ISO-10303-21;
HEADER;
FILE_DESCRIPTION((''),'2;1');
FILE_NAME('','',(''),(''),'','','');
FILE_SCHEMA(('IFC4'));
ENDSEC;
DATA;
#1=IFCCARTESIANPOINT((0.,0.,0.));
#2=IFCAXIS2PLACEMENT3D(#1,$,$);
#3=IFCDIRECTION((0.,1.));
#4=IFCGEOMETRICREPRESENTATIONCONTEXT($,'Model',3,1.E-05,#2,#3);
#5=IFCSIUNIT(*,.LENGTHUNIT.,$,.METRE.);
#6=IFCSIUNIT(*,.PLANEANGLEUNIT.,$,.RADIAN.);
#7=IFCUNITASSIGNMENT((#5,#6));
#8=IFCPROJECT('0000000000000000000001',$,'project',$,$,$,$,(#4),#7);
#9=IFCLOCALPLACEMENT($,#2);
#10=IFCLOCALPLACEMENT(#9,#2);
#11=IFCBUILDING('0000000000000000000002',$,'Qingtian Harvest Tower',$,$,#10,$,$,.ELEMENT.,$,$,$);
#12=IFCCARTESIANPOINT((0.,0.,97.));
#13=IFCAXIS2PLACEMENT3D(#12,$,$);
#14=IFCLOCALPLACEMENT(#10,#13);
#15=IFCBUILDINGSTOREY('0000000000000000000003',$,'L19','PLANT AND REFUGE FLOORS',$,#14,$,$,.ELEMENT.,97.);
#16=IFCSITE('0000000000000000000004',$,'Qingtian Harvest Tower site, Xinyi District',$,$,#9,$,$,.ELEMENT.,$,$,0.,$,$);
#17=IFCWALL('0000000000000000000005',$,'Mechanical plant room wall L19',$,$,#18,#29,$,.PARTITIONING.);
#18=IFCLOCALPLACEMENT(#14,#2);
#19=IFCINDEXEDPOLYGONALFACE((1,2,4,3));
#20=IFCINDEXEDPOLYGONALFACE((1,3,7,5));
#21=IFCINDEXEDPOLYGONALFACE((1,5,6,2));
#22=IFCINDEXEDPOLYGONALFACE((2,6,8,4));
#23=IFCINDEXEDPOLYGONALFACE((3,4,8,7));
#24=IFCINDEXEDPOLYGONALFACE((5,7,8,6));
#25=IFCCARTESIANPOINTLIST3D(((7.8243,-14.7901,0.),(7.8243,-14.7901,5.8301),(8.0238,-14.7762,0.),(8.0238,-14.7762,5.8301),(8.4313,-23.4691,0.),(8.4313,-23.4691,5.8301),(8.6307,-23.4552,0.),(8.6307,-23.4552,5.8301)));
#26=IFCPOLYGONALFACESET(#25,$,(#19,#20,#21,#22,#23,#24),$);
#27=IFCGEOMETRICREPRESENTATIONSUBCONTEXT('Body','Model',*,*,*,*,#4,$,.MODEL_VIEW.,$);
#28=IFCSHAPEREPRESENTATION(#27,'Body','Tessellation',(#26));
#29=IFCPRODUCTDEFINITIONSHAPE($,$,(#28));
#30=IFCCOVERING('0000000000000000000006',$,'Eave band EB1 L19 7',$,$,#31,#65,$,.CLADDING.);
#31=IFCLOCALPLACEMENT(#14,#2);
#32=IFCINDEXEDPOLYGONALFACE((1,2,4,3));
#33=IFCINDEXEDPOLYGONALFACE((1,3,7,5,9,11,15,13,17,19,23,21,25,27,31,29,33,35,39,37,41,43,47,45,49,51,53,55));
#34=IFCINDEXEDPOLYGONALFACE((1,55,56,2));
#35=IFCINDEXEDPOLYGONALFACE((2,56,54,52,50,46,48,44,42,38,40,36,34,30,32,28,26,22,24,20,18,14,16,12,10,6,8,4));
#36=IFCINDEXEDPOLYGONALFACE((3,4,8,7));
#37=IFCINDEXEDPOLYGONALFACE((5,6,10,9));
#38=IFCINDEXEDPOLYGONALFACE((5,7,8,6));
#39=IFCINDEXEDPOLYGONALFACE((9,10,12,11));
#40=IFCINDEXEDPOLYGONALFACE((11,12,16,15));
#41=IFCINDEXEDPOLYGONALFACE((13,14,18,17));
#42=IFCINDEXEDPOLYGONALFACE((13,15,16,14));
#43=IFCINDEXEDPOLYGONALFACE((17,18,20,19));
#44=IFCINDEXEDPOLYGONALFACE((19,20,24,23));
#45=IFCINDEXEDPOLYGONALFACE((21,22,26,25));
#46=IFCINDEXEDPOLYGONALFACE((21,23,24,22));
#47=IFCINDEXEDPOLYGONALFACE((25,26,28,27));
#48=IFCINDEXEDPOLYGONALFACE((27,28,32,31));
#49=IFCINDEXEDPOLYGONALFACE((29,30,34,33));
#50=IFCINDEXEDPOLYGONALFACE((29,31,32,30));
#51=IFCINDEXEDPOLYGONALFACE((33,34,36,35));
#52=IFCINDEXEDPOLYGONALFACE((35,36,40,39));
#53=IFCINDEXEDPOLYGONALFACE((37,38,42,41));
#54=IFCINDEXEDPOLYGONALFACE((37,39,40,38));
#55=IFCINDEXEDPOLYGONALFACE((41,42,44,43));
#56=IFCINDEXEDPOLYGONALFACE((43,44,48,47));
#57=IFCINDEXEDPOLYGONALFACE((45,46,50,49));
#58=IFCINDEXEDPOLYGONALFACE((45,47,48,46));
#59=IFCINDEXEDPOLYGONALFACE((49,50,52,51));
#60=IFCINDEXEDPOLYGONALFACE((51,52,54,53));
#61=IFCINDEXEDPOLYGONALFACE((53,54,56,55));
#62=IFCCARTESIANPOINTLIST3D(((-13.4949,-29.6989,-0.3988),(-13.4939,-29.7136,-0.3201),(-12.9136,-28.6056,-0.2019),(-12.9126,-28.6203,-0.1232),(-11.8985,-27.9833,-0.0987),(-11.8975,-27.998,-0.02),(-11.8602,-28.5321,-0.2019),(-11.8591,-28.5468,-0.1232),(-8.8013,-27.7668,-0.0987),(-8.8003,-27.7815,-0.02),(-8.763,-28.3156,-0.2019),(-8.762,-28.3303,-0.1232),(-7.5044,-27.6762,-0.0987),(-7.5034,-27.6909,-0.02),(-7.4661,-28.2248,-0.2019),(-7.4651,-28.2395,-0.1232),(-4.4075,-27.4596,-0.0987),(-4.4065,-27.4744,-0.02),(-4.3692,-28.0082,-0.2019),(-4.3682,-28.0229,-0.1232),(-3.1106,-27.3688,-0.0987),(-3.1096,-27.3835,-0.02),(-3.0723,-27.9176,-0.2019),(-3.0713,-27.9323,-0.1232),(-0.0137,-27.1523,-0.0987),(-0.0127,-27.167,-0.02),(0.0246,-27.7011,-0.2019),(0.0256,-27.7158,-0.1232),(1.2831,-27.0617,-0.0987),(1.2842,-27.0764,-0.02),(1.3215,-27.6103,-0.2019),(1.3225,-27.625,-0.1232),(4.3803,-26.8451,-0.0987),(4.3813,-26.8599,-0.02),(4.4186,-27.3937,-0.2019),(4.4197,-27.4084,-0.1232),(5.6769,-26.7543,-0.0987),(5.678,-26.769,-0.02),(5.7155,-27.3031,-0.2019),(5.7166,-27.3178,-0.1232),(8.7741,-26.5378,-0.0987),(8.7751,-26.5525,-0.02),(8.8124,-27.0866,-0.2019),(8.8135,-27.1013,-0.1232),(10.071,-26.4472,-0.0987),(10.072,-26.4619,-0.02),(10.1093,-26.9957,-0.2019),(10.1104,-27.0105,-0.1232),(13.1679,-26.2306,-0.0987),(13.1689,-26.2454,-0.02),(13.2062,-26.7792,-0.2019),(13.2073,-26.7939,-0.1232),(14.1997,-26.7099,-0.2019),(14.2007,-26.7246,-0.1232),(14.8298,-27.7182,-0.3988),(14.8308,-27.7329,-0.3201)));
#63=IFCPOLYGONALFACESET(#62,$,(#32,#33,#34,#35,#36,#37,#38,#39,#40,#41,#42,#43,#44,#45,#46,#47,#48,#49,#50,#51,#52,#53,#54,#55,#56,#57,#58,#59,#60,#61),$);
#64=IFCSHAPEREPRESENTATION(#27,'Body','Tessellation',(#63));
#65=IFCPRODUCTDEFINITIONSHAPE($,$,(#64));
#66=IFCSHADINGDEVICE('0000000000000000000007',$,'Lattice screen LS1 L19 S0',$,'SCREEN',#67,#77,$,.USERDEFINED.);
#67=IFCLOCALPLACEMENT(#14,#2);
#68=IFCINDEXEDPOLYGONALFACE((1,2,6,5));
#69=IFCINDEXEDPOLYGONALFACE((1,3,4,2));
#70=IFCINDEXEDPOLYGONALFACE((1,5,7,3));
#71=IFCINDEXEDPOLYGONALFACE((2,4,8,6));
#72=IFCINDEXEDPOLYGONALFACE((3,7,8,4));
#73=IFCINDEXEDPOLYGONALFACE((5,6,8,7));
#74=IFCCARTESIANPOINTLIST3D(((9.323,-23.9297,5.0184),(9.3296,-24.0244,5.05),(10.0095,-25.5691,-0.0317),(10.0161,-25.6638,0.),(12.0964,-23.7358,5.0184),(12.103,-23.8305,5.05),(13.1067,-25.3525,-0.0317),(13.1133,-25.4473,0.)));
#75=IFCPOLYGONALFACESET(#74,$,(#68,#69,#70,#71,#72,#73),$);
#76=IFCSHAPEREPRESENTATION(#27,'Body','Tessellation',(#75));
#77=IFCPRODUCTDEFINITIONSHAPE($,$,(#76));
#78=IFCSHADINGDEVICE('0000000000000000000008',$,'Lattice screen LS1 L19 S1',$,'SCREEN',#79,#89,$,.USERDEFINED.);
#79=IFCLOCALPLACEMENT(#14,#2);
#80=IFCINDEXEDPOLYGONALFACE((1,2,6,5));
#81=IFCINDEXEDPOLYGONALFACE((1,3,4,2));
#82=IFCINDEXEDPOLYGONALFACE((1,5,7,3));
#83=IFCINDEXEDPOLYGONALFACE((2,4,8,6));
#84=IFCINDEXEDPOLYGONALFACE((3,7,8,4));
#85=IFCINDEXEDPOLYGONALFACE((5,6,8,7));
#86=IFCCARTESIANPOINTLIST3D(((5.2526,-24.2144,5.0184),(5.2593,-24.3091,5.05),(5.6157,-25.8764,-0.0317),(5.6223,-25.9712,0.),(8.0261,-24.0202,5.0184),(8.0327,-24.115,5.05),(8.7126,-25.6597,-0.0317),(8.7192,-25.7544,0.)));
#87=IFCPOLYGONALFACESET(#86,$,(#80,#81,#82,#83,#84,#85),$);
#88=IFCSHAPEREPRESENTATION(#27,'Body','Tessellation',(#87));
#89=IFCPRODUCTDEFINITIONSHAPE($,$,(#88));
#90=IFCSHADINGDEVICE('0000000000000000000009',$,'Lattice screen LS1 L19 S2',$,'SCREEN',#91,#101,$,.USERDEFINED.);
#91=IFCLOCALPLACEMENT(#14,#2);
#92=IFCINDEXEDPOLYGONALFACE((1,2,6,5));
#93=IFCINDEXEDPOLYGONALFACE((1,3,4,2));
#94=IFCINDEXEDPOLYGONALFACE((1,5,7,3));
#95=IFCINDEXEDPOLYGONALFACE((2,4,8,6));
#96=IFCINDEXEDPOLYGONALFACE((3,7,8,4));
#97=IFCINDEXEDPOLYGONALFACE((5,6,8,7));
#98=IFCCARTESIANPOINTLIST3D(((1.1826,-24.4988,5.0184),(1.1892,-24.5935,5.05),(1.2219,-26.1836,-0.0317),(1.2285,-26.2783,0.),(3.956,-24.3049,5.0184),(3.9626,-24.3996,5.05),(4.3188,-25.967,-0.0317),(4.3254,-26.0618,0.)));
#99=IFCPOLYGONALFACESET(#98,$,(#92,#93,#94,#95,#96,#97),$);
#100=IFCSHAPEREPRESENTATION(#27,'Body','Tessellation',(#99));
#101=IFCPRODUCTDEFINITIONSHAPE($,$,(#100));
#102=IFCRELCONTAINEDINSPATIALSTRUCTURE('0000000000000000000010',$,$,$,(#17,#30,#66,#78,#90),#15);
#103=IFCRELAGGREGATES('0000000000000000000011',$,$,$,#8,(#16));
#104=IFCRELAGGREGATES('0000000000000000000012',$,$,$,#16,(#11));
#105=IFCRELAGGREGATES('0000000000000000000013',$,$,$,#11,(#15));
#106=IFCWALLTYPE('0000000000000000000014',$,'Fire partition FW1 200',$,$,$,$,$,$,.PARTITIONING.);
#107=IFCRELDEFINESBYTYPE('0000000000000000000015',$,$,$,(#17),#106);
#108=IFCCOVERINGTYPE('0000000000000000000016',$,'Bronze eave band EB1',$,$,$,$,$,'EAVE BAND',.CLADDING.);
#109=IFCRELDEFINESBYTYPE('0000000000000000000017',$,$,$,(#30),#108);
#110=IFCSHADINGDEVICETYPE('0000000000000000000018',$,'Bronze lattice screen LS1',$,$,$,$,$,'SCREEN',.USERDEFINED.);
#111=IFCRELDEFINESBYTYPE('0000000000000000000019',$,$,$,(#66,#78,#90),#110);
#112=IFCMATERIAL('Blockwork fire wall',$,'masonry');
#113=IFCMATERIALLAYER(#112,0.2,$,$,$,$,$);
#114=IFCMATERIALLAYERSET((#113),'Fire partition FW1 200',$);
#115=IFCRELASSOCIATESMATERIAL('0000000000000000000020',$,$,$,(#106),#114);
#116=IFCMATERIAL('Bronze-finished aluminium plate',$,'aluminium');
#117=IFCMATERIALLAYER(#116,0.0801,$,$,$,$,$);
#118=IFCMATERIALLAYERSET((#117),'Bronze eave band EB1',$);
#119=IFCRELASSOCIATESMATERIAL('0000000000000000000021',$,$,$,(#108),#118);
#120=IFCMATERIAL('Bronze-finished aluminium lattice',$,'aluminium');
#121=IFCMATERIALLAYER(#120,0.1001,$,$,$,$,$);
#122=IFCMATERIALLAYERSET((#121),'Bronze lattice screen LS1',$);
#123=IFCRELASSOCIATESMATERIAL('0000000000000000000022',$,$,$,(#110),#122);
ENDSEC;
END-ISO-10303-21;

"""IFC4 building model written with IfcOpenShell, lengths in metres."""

from ifc_helpers import new_model, si_unit, direction, frame, frame_2d, origin, place, context, subcontext, project, spatial, polyline, rectangle, outline, extrude, material, layer, layer_set, type_object, element, save


model = new_model("IFC4")

# Units and contexts
model_context = context("Model", 3, precision=1e-05, world=origin(), true_north=direction((0.0, 1.0)))
body_context = subcontext(model_context, "Body", "Model", "MODEL_VIEW")
ifc_project = project(units=[si_unit("LENGTHUNIT", "METRE"), si_unit("PLANEANGLEUNIT", "RADIAN")], contexts=[model_context])

# Site, building, storey
site_placement = place(None, origin())
site = spatial("IfcSite", under=ifc_project, at=site_placement, Name="Qingtian Harvest Tower site, Xinyi District", CompositionType="ELEMENT", RefElevation=0.0)
building_placement = place(site_placement, origin())
building = spatial("IfcBuilding", under=site, at=building_placement, Name="Qingtian Harvest Tower", CompositionType="ELEMENT")
storey_placement = place(building_placement, frame((0.0, 0.0, 97.0)))
storey = spatial("IfcBuildingStorey", under=building, at=storey_placement, Name="L19", Description="PLANT AND REFUGE FLOORS", CompositionType="ELEMENT", Elevation=97.0)

# Wall
ifc_material_1 = material(Name="Blockwork fire wall", Category="masonry")
ifc_layer_1 = layer(ifc_material_1, 0.2)
ifc_layer_set_1 = layer_set([ifc_layer_1], Name="Fire partition FW1 200")
wall_type = type_object("IfcWallType", Name="Fire partition FW1 200", PredefinedType="PARTITIONING", material=ifc_layer_set_1)
wall_placement = place(storey_placement, frame((8.531, -23.4622, 0.0), z_axis=(0.0, 0.0, 1.0), x_axis=(-0.069761, 0.997564, 0.0)))
element("IfcWall", 1, at=wall_placement, inside=storey, type_object=wall_type, Name="Mechanical plant room wall L19", PredefinedType="PARTITIONING", context=body_context, shape_type="SweptSolid", body=[
    extrude(rectangle(XDim=8.7002, YDim=0.2, at=frame_2d((4.3501, 0.0))), origin(), (0.0, 0.0, 1.0), 5.8301),
])

# Covering
ifc_material_2 = material(Name="Bronze-finished aluminium plate", Category="aluminium")
ifc_layer_2 = layer(ifc_material_2, 0.0801)
ifc_layer_set_2 = layer_set([ifc_layer_2], Name="Bronze eave band EB1")
covering_type = type_object("IfcCoveringType", Name="Bronze eave band EB1", ElementType="EAVE BAND", PredefinedType="CLADDING", material=ifc_layer_set_2)
covering_placement = place(storey_placement, frame((13.1689, -26.2454, -0.02), z_axis=(0.012859, -0.183903, 0.98286), x_axis=(0.068506, -0.98047, -0.184352)))
element("IfcCovering", 2, at=covering_placement, inside=storey, type_object=covering_type, Name="Eave band EB1 L19 7", PredefinedType="CLADDING", context=body_context, shape_type="SweptSolid", body=[
    extrude(outline(polyline([(0.0, 0.0), (0.5595, 0.0), (0.5596, 0.9958), (1.6277, 1.5541), (1.6293, -26.8397), (0.5609, -26.1837), (0.561, -25.1276), (0.0012, -25.1276), (0.0011, -22.0229), (0.5608, -22.0229), (0.5606, -20.7228), (0.0011, -20.7228), (0.001, -17.6184), (0.5605, -17.6184), (0.5605, -16.3183), (0.0008, -16.3183), (0.0006, -13.2138), (0.5603, -13.2138), (0.5601, -11.9138), (0.0006, -11.9138), (0.0005, -8.8091), (0.56, -8.8091), (0.56, -7.509), (0.0003, -7.5092), (0.0001, -4.4045), (0.5599, -4.4045), (0.5597, -3.1045), (0.0002, -3.1045), (0.0, 0.0)])), origin(), (0.0, 0.0, -1.0), 0.0801),
])

# Shading devices
ifc_material_3 = material(Name="Bronze-finished aluminium lattice", Category="aluminium")
ifc_layer_3 = layer(ifc_material_3, 0.1001)
ifc_layer_set_3 = layer_set([ifc_layer_3], Name="Bronze lattice screen LS1")
shading_device_type = type_object("IfcShadingDeviceType", Name="Bronze lattice screen LS1", ElementType="SCREEN", PredefinedType="USERDEFINED", material=ifc_layer_set_3)
shading_device_1_placement = place(storey_placement, frame((13.1133, -25.4473, 0.0), z_axis=(0.066159, -0.946379, 0.316211), x_axis=(-0.997565, -0.069739, -0.000004)))
element("IfcShadingDevice", 3, at=shading_device_1_placement, inside=storey, type_object=shading_device_type, Name="Lattice screen LS1 L19 S0", ObjectType="SCREEN", PredefinedType="USERDEFINED", context=body_context, shape_type="SweptSolid", body=[
    extrude(outline(polyline([(0.0, 0.0), (3.1047, 0.0), (3.6752, -5.3232), (0.895, -5.3232), (0.0, 0.0)])), origin(), (0.0, 0.0, -1.0), 0.1001),
])
shading_device_2_placement = place(storey_placement, frame((8.7192, -25.7544, 0.0), z_axis=(0.06624, -0.946367, 0.316231), x_axis=(-0.997559, -0.069824, -0.000003)))
element("IfcShadingDevice", 4, at=shading_device_2_placement, inside=storey, type_object=shading_device_type, Name="Lattice screen LS1 L19 S1", ObjectType="SCREEN", PredefinedType="USERDEFINED", context=body_context, shape_type="SweptSolid", body=[
    extrude(outline(polyline([(0.0, 0.0), (3.1045, 0.0), (3.3506, -5.3232), (0.5704, -5.3232), (0.0, 0.0)])), origin(), (0.0, 0.0, -1.0), 0.1001),
])
shading_device_3_placement = place(storey_placement, frame((4.3254, -26.0618, 0.0), z_axis=(0.066161, -0.94637, 0.316238), x_axis=(-0.997565, -0.069742, -0.000004)))
element("IfcShadingDevice", 5, at=shading_device_3_placement, inside=storey, type_object=shading_device_type, Name="Lattice screen LS1 L19 S2", ObjectType="SCREEN", PredefinedType="USERDEFINED", context=body_context, shape_type="SweptSolid", body=[
    extrude(outline(polyline([(0.0, 0.0), (3.1045, 0.0), (3.0262, -5.3233), (0.246, -5.3232), (0.0, 0.0)])), origin(), (0.0, 0.0, -1.0), 0.1001),
])

save(model, "model.ifc")
